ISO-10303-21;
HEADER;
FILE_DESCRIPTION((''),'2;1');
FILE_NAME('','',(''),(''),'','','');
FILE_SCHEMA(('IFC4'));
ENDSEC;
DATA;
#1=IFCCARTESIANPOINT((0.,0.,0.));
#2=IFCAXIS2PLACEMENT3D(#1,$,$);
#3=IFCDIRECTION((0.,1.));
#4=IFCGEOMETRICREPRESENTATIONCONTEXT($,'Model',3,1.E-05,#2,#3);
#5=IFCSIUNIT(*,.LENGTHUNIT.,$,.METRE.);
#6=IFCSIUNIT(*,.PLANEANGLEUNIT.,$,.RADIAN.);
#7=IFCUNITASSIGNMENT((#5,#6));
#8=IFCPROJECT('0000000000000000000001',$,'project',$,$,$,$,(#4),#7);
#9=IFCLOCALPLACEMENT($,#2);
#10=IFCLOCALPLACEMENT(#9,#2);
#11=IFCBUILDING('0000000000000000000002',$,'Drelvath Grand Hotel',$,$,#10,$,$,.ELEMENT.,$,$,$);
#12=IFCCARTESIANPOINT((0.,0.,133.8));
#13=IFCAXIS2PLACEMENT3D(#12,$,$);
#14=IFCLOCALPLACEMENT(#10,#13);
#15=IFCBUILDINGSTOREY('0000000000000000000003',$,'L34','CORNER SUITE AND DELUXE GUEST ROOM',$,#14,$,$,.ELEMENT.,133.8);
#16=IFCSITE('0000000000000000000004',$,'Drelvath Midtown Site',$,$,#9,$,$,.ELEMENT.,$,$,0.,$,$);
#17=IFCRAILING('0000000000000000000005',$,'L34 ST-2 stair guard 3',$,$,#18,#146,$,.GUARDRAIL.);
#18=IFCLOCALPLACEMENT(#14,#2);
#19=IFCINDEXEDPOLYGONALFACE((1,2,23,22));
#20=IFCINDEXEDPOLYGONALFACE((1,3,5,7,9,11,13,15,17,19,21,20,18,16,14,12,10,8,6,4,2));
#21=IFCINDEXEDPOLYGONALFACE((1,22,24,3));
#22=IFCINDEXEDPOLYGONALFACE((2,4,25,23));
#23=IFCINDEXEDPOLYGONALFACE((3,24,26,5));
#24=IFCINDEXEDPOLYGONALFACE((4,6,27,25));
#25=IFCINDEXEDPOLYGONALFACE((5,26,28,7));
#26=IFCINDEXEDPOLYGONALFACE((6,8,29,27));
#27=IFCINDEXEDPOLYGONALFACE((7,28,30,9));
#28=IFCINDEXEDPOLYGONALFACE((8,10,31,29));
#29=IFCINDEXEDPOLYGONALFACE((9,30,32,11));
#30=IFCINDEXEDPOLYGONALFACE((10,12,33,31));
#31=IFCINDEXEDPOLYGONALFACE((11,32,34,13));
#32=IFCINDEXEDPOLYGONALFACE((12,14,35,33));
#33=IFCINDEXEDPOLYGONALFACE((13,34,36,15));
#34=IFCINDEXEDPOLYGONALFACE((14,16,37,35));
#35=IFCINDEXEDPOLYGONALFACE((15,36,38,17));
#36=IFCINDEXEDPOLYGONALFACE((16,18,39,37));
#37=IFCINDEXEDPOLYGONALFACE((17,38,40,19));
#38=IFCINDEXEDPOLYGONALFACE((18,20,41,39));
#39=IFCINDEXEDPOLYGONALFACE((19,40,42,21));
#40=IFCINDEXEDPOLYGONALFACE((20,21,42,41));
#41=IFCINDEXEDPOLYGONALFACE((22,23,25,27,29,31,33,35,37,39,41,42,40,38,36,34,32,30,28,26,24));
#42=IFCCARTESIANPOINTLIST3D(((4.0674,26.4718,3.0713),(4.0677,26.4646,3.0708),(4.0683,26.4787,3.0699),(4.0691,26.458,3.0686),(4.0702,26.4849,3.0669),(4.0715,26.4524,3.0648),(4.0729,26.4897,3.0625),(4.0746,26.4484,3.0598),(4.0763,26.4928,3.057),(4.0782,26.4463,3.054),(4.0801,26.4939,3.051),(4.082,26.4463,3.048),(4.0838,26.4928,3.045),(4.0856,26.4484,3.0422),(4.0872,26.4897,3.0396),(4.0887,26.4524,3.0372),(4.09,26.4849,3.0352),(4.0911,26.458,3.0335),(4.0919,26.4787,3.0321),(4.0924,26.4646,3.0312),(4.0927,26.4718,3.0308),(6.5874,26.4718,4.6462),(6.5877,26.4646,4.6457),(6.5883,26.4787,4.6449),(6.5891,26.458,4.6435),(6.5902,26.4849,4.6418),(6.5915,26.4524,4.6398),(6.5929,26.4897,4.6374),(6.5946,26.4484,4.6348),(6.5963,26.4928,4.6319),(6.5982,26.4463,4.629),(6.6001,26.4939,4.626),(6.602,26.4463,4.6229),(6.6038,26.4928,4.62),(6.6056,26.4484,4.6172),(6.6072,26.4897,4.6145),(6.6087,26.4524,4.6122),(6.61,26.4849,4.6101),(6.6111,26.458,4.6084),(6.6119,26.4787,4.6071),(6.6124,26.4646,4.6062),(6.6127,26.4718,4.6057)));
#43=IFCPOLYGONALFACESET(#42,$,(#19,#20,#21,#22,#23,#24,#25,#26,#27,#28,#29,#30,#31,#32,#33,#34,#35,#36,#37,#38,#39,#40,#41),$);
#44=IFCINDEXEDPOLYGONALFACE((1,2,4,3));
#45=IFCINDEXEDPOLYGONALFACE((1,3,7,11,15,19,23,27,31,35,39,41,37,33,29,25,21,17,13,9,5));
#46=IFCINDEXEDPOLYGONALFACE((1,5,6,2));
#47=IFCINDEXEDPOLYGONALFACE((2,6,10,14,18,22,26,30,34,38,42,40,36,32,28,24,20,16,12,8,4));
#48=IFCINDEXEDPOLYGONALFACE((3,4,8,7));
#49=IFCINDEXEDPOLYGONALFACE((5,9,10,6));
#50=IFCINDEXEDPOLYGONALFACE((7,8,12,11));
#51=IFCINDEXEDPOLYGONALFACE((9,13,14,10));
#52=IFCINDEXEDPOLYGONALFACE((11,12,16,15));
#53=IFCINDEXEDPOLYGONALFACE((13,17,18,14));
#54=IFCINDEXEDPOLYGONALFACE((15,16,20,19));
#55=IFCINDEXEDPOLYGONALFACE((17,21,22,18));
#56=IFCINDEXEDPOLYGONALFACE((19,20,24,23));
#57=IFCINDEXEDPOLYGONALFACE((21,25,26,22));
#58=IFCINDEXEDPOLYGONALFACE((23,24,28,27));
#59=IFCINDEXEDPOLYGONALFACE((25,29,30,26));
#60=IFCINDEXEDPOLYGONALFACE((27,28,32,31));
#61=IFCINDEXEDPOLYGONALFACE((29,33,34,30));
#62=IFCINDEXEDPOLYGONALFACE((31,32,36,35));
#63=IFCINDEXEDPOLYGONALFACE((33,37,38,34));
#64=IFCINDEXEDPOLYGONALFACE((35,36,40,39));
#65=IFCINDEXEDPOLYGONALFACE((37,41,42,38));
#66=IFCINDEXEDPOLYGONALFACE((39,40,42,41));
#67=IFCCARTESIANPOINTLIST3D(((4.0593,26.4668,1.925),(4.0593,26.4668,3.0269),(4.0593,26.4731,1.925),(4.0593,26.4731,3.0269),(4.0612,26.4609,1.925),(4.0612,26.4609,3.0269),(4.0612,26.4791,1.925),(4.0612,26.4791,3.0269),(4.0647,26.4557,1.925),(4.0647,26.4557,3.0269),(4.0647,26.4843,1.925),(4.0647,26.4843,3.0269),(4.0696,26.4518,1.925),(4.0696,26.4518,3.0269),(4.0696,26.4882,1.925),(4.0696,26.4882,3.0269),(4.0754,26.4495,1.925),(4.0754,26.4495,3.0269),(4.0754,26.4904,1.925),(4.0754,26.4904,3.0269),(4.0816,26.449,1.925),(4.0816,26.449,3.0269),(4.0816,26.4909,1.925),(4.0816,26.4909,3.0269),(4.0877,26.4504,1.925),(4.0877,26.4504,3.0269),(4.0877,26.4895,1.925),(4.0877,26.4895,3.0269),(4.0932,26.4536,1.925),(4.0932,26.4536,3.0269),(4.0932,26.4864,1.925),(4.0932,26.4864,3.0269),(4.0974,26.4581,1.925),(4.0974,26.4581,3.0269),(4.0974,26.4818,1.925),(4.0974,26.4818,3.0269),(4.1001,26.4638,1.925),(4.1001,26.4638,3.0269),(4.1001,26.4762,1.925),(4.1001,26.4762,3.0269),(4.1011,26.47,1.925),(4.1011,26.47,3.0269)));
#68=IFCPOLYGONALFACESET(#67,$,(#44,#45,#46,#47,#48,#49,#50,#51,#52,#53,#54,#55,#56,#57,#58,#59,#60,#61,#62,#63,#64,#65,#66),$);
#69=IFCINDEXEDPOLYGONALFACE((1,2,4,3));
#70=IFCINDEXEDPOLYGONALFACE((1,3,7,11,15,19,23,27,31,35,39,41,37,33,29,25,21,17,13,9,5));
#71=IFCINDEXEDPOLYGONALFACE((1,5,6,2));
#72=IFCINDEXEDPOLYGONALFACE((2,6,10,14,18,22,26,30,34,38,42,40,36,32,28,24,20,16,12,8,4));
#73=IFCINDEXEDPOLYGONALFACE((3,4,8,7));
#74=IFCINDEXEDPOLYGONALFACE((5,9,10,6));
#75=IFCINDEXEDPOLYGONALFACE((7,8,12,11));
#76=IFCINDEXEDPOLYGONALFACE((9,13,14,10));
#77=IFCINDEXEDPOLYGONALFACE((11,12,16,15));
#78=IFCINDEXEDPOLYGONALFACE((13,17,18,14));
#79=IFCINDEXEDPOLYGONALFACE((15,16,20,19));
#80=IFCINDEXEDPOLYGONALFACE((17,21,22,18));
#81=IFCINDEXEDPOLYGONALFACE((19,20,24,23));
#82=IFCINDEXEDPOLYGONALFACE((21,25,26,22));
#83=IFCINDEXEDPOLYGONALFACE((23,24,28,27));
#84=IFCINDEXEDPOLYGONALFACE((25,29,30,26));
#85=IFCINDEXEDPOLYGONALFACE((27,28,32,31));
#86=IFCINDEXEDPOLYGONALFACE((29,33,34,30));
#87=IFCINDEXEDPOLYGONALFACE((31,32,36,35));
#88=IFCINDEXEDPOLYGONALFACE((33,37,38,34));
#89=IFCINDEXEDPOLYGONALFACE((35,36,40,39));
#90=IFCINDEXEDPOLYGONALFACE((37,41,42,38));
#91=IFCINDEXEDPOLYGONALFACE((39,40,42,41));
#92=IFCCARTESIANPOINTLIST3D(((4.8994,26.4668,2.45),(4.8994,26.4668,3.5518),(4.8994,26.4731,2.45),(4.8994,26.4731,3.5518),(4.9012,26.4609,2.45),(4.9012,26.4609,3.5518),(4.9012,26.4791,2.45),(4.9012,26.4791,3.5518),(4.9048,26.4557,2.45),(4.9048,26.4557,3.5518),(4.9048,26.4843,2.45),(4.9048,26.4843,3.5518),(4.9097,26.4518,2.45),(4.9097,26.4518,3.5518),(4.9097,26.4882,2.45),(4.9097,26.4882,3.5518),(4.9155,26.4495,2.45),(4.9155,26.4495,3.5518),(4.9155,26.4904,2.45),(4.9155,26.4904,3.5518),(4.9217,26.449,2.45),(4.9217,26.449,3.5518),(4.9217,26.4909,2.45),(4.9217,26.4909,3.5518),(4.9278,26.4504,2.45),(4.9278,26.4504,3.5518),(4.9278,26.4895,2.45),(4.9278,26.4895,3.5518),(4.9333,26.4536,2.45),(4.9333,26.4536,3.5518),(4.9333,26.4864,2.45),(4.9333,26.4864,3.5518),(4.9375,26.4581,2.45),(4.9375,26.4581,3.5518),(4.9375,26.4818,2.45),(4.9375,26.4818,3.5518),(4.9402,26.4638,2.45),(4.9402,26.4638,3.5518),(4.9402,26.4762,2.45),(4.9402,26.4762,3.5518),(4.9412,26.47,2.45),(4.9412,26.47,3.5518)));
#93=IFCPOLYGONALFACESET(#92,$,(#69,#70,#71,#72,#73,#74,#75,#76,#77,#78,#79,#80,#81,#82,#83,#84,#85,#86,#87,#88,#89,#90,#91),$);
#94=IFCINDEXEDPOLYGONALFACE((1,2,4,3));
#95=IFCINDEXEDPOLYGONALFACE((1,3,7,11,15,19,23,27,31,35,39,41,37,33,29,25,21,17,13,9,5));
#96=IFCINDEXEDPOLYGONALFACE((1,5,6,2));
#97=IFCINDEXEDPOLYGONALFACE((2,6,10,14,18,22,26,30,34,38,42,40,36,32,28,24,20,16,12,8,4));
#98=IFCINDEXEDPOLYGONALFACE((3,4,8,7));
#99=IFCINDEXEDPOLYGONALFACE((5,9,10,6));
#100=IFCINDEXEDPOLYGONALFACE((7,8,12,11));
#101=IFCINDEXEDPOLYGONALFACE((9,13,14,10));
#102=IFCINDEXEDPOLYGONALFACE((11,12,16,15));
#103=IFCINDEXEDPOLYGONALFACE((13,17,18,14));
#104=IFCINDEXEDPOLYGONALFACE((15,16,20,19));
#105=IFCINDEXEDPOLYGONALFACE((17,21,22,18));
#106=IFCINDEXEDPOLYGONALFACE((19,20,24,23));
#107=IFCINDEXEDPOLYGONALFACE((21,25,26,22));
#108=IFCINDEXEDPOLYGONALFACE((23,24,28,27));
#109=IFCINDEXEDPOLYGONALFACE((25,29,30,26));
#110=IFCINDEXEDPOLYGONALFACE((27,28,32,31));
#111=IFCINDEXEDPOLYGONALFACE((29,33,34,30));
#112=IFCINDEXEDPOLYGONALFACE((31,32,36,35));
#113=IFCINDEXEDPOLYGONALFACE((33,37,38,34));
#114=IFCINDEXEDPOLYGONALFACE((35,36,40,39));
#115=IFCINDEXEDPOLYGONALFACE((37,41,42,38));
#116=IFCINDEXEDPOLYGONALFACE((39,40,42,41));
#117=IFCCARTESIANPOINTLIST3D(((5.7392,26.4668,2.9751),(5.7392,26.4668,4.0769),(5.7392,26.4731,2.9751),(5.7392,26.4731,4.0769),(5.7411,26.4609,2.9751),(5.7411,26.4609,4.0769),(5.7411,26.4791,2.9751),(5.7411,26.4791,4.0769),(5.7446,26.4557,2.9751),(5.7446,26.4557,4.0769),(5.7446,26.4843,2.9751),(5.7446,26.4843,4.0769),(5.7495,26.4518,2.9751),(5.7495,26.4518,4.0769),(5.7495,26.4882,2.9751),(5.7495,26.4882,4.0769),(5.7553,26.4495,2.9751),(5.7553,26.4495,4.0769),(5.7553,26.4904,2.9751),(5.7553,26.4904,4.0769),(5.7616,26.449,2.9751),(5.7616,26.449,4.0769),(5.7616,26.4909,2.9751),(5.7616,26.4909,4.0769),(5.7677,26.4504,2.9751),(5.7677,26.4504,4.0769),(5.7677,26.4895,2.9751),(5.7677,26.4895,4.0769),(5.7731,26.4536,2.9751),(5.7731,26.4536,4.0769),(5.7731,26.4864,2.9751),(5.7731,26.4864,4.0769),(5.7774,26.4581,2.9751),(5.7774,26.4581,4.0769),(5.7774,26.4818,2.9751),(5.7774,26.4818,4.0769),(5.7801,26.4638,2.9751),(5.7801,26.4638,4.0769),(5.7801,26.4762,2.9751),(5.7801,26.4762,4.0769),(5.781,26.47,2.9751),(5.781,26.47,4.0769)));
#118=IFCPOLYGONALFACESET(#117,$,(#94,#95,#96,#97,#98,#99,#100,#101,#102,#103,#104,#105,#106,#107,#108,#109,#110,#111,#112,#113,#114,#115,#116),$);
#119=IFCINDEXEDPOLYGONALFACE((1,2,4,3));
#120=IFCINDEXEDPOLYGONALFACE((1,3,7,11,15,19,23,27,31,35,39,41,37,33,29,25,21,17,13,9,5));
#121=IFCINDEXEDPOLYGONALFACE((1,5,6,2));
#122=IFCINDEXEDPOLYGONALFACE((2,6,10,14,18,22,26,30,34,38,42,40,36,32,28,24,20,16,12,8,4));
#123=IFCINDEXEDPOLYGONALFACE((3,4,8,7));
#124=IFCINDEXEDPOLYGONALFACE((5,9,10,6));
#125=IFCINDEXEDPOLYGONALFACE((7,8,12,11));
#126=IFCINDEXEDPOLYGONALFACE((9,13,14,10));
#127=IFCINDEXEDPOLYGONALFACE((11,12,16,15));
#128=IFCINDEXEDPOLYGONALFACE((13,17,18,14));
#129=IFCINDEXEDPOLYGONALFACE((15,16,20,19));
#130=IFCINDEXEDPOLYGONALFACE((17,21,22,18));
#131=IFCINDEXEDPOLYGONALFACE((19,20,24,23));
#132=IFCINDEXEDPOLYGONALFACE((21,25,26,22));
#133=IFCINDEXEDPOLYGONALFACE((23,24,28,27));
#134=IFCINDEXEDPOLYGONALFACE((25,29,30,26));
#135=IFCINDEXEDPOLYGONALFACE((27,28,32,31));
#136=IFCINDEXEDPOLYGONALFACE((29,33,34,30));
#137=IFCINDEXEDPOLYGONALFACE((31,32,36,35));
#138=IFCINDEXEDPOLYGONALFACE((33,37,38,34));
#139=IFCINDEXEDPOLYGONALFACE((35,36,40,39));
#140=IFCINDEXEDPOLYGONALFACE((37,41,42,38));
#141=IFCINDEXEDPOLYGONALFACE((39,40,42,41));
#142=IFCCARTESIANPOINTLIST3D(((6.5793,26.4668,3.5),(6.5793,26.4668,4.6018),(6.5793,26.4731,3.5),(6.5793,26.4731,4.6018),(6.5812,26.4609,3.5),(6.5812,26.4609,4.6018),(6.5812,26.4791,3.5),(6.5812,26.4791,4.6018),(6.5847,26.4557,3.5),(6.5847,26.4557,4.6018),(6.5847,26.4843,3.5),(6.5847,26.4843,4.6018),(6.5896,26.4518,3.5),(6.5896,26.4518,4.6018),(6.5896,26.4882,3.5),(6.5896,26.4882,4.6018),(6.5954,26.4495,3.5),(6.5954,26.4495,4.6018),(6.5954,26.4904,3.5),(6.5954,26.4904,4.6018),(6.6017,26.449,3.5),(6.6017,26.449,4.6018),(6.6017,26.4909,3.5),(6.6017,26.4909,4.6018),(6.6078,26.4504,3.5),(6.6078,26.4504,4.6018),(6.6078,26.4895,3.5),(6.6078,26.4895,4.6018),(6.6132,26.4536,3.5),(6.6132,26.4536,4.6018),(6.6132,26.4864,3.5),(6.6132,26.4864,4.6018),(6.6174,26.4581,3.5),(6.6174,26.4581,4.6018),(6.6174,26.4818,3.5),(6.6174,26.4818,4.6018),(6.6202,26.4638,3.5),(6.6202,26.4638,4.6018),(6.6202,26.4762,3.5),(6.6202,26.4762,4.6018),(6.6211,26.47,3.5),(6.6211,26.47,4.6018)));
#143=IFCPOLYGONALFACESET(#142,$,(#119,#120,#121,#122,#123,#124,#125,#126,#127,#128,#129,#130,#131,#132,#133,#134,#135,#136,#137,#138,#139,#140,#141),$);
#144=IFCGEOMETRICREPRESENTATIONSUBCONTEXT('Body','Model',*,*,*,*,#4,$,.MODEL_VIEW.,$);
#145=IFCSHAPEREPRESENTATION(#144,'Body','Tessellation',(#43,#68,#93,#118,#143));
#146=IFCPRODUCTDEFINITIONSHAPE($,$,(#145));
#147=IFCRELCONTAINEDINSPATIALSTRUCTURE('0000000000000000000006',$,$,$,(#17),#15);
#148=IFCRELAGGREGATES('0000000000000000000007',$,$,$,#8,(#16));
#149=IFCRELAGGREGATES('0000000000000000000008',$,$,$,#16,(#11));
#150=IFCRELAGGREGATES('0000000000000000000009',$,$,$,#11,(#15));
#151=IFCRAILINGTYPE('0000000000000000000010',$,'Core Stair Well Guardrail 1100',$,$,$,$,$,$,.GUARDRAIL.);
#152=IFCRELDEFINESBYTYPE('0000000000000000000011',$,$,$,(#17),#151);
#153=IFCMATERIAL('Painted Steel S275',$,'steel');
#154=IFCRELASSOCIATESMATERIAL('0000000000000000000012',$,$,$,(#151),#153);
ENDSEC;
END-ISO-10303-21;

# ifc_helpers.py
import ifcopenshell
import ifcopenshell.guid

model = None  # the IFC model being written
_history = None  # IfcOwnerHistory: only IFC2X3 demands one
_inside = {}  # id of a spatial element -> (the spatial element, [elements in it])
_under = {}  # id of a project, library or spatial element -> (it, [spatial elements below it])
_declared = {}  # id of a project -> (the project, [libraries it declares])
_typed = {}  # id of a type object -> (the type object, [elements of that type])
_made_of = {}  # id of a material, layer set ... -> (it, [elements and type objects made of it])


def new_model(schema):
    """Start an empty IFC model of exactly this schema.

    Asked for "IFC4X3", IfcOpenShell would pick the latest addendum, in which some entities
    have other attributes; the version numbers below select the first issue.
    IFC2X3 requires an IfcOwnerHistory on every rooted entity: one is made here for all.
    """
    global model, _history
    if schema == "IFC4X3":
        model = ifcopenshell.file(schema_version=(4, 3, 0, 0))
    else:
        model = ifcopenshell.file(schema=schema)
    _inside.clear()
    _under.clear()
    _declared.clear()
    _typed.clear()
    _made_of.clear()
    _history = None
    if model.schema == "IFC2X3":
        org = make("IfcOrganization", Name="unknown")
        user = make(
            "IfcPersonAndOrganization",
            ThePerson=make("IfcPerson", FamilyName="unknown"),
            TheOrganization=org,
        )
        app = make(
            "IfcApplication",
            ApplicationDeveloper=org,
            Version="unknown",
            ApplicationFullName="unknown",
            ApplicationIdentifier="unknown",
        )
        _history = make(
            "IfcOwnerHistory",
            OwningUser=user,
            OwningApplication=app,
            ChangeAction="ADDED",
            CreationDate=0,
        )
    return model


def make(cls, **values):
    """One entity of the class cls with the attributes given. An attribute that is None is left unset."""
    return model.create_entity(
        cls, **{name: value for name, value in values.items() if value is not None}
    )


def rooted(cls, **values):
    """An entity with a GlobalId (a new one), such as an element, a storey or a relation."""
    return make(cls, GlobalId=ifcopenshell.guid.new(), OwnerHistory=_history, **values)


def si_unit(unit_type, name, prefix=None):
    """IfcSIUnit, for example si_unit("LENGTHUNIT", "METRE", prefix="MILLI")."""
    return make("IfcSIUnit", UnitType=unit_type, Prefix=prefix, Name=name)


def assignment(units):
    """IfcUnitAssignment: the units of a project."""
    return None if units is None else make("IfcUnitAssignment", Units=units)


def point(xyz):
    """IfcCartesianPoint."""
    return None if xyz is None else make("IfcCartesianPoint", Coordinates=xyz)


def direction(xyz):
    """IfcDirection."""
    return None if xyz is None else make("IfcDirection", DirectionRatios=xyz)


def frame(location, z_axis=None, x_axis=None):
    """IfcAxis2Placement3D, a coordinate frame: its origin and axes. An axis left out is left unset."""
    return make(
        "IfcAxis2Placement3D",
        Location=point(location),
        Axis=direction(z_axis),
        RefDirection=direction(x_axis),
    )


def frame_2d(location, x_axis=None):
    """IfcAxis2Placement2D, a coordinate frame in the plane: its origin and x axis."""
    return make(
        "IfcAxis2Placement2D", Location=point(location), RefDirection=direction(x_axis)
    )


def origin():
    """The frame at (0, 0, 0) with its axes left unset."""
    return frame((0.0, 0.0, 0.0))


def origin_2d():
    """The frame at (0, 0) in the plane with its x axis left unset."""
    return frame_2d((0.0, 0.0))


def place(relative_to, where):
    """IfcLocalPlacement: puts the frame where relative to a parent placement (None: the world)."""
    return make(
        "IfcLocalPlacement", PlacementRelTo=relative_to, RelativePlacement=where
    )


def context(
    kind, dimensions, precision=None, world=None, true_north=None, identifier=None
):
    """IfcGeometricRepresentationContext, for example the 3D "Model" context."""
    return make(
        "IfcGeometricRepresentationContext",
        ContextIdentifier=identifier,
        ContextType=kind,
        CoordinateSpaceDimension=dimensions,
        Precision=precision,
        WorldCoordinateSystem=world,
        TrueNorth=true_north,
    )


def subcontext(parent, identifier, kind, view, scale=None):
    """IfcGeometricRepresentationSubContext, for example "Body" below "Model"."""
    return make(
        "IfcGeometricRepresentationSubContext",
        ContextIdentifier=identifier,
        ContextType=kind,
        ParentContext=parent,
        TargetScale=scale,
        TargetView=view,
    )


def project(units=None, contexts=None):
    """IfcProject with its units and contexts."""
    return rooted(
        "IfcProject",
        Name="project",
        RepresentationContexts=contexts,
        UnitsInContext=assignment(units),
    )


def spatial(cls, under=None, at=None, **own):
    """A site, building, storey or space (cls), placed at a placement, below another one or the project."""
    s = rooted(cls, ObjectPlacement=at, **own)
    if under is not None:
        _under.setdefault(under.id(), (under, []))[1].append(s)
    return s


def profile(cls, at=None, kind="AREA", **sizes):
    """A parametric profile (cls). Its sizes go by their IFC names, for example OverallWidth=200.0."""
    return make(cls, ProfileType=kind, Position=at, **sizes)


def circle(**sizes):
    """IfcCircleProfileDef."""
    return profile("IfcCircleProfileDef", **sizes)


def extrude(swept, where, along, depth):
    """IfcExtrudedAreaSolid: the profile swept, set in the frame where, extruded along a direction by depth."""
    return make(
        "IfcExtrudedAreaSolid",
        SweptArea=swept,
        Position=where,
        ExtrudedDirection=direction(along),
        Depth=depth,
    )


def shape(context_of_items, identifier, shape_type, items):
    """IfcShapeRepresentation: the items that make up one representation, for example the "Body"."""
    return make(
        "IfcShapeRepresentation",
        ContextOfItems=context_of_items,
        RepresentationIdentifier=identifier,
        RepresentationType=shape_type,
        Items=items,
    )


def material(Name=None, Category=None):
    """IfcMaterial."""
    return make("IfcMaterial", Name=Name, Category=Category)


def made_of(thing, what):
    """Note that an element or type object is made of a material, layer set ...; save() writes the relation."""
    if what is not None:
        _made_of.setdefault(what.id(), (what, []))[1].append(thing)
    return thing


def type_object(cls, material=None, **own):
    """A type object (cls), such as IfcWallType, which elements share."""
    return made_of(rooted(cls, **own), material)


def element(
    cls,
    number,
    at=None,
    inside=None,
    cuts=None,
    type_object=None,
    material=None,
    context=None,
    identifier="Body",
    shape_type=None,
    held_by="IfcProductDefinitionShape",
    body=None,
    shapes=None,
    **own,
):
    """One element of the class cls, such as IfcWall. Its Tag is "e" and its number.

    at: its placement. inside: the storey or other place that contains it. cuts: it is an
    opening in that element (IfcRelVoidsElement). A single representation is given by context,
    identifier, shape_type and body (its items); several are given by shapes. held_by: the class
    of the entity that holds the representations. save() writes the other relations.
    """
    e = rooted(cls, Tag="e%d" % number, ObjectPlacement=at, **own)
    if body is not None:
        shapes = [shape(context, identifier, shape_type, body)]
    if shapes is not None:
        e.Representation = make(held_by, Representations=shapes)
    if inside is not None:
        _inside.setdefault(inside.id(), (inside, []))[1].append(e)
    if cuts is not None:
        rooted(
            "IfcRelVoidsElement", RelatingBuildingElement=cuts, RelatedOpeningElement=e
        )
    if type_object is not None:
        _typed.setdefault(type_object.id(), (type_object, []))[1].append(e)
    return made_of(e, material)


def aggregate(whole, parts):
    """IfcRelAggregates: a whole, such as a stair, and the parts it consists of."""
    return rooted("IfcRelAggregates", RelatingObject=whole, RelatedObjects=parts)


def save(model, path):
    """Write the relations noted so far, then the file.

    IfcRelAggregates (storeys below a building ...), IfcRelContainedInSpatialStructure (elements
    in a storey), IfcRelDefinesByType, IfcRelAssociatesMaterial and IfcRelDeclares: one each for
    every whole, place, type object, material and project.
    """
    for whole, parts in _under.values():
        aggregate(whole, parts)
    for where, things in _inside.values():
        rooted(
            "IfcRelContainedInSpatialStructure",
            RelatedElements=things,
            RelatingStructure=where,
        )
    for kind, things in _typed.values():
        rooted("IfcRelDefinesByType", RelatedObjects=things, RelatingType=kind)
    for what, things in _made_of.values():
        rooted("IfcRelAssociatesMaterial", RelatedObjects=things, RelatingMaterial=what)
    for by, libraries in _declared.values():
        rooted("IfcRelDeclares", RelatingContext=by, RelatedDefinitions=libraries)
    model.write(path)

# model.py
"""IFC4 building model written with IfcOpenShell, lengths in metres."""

from ifc_helpers import new_model, si_unit, direction, frame, origin, origin_2d, place, context, subcontext, project, spatial, circle, extrude, material, type_object, element, save


model = new_model("IFC4")

# Units and contexts
model_context = context("Model", 3, precision=1e-05, world=origin(), true_north=direction((0.0, 1.0)))
body_context = subcontext(model_context, "Body", "Model", "MODEL_VIEW")
ifc_project = project(units=[si_unit("LENGTHUNIT", "METRE"), si_unit("PLANEANGLEUNIT", "RADIAN")], contexts=[model_context])

# Site, building, storey
site_placement = place(None, origin())
site = spatial("IfcSite", under=ifc_project, at=site_placement, Name="Drelvath Midtown Site", CompositionType="ELEMENT", RefElevation=0.0)
building_placement = place(site_placement, origin())
building = spatial("IfcBuilding", under=site, at=building_placement, Name="Drelvath Grand Hotel", CompositionType="ELEMENT")
storey_placement = place(building_placement, frame((0.0, 0.0, 133.8)))
storey = spatial("IfcBuildingStorey", under=building, at=storey_placement, Name="L34", Description="CORNER SUITE AND DELUXE GUEST ROOM", CompositionType="ELEMENT", Elevation=133.8)

# Railing
ifc_material_1 = material(Name="Painted Steel S275", Category="steel")
railing_type_1 = type_object("IfcRailingType", Name="Core Stair Well Guardrail 1100", PredefinedType="GUARDRAIL", material=ifc_material_1)
railing_1_placement = place(storey_placement, frame((4.0801, 26.47, 1.925)))
element("IfcRailing", 1, at=railing_1_placement, inside=storey, type_object=railing_type_1, Name="L34 ST-2 stair guard 3", PredefinedType="GUARDRAIL", context=body_context, shape_type="SweptSolid", body=[
    extrude(circle(Radius=0.0239, at=origin_2d()), frame((0.0, 0.0, 1.126), z_axis=(0.848008, 0.0, 0.529984), x_axis=(0.0, 1.0, 0.0)), (0.0, 0.0, 1.0), 2.9717),
    extrude(circle(Radius=0.021, at=origin_2d()), origin(), (0.0, 0.0, 1.0), 1.1018),
    extrude(circle(Radius=0.021, at=origin_2d()), frame((0.8401, 0.0, 0.5249)), (0.0, 0.0, 1.0), 1.1018),
    extrude(circle(Radius=0.021, at=origin_2d()), frame((1.6799, 0.0, 1.05)), (0.0, 0.0, 1.0), 1.1018),
    extrude(circle(Radius=0.021, at=origin_2d()), frame((2.52, 0.0, 1.575)), (0.0, 0.0, 1.0), 1.1018),
])

save(model, "model.ifc")
